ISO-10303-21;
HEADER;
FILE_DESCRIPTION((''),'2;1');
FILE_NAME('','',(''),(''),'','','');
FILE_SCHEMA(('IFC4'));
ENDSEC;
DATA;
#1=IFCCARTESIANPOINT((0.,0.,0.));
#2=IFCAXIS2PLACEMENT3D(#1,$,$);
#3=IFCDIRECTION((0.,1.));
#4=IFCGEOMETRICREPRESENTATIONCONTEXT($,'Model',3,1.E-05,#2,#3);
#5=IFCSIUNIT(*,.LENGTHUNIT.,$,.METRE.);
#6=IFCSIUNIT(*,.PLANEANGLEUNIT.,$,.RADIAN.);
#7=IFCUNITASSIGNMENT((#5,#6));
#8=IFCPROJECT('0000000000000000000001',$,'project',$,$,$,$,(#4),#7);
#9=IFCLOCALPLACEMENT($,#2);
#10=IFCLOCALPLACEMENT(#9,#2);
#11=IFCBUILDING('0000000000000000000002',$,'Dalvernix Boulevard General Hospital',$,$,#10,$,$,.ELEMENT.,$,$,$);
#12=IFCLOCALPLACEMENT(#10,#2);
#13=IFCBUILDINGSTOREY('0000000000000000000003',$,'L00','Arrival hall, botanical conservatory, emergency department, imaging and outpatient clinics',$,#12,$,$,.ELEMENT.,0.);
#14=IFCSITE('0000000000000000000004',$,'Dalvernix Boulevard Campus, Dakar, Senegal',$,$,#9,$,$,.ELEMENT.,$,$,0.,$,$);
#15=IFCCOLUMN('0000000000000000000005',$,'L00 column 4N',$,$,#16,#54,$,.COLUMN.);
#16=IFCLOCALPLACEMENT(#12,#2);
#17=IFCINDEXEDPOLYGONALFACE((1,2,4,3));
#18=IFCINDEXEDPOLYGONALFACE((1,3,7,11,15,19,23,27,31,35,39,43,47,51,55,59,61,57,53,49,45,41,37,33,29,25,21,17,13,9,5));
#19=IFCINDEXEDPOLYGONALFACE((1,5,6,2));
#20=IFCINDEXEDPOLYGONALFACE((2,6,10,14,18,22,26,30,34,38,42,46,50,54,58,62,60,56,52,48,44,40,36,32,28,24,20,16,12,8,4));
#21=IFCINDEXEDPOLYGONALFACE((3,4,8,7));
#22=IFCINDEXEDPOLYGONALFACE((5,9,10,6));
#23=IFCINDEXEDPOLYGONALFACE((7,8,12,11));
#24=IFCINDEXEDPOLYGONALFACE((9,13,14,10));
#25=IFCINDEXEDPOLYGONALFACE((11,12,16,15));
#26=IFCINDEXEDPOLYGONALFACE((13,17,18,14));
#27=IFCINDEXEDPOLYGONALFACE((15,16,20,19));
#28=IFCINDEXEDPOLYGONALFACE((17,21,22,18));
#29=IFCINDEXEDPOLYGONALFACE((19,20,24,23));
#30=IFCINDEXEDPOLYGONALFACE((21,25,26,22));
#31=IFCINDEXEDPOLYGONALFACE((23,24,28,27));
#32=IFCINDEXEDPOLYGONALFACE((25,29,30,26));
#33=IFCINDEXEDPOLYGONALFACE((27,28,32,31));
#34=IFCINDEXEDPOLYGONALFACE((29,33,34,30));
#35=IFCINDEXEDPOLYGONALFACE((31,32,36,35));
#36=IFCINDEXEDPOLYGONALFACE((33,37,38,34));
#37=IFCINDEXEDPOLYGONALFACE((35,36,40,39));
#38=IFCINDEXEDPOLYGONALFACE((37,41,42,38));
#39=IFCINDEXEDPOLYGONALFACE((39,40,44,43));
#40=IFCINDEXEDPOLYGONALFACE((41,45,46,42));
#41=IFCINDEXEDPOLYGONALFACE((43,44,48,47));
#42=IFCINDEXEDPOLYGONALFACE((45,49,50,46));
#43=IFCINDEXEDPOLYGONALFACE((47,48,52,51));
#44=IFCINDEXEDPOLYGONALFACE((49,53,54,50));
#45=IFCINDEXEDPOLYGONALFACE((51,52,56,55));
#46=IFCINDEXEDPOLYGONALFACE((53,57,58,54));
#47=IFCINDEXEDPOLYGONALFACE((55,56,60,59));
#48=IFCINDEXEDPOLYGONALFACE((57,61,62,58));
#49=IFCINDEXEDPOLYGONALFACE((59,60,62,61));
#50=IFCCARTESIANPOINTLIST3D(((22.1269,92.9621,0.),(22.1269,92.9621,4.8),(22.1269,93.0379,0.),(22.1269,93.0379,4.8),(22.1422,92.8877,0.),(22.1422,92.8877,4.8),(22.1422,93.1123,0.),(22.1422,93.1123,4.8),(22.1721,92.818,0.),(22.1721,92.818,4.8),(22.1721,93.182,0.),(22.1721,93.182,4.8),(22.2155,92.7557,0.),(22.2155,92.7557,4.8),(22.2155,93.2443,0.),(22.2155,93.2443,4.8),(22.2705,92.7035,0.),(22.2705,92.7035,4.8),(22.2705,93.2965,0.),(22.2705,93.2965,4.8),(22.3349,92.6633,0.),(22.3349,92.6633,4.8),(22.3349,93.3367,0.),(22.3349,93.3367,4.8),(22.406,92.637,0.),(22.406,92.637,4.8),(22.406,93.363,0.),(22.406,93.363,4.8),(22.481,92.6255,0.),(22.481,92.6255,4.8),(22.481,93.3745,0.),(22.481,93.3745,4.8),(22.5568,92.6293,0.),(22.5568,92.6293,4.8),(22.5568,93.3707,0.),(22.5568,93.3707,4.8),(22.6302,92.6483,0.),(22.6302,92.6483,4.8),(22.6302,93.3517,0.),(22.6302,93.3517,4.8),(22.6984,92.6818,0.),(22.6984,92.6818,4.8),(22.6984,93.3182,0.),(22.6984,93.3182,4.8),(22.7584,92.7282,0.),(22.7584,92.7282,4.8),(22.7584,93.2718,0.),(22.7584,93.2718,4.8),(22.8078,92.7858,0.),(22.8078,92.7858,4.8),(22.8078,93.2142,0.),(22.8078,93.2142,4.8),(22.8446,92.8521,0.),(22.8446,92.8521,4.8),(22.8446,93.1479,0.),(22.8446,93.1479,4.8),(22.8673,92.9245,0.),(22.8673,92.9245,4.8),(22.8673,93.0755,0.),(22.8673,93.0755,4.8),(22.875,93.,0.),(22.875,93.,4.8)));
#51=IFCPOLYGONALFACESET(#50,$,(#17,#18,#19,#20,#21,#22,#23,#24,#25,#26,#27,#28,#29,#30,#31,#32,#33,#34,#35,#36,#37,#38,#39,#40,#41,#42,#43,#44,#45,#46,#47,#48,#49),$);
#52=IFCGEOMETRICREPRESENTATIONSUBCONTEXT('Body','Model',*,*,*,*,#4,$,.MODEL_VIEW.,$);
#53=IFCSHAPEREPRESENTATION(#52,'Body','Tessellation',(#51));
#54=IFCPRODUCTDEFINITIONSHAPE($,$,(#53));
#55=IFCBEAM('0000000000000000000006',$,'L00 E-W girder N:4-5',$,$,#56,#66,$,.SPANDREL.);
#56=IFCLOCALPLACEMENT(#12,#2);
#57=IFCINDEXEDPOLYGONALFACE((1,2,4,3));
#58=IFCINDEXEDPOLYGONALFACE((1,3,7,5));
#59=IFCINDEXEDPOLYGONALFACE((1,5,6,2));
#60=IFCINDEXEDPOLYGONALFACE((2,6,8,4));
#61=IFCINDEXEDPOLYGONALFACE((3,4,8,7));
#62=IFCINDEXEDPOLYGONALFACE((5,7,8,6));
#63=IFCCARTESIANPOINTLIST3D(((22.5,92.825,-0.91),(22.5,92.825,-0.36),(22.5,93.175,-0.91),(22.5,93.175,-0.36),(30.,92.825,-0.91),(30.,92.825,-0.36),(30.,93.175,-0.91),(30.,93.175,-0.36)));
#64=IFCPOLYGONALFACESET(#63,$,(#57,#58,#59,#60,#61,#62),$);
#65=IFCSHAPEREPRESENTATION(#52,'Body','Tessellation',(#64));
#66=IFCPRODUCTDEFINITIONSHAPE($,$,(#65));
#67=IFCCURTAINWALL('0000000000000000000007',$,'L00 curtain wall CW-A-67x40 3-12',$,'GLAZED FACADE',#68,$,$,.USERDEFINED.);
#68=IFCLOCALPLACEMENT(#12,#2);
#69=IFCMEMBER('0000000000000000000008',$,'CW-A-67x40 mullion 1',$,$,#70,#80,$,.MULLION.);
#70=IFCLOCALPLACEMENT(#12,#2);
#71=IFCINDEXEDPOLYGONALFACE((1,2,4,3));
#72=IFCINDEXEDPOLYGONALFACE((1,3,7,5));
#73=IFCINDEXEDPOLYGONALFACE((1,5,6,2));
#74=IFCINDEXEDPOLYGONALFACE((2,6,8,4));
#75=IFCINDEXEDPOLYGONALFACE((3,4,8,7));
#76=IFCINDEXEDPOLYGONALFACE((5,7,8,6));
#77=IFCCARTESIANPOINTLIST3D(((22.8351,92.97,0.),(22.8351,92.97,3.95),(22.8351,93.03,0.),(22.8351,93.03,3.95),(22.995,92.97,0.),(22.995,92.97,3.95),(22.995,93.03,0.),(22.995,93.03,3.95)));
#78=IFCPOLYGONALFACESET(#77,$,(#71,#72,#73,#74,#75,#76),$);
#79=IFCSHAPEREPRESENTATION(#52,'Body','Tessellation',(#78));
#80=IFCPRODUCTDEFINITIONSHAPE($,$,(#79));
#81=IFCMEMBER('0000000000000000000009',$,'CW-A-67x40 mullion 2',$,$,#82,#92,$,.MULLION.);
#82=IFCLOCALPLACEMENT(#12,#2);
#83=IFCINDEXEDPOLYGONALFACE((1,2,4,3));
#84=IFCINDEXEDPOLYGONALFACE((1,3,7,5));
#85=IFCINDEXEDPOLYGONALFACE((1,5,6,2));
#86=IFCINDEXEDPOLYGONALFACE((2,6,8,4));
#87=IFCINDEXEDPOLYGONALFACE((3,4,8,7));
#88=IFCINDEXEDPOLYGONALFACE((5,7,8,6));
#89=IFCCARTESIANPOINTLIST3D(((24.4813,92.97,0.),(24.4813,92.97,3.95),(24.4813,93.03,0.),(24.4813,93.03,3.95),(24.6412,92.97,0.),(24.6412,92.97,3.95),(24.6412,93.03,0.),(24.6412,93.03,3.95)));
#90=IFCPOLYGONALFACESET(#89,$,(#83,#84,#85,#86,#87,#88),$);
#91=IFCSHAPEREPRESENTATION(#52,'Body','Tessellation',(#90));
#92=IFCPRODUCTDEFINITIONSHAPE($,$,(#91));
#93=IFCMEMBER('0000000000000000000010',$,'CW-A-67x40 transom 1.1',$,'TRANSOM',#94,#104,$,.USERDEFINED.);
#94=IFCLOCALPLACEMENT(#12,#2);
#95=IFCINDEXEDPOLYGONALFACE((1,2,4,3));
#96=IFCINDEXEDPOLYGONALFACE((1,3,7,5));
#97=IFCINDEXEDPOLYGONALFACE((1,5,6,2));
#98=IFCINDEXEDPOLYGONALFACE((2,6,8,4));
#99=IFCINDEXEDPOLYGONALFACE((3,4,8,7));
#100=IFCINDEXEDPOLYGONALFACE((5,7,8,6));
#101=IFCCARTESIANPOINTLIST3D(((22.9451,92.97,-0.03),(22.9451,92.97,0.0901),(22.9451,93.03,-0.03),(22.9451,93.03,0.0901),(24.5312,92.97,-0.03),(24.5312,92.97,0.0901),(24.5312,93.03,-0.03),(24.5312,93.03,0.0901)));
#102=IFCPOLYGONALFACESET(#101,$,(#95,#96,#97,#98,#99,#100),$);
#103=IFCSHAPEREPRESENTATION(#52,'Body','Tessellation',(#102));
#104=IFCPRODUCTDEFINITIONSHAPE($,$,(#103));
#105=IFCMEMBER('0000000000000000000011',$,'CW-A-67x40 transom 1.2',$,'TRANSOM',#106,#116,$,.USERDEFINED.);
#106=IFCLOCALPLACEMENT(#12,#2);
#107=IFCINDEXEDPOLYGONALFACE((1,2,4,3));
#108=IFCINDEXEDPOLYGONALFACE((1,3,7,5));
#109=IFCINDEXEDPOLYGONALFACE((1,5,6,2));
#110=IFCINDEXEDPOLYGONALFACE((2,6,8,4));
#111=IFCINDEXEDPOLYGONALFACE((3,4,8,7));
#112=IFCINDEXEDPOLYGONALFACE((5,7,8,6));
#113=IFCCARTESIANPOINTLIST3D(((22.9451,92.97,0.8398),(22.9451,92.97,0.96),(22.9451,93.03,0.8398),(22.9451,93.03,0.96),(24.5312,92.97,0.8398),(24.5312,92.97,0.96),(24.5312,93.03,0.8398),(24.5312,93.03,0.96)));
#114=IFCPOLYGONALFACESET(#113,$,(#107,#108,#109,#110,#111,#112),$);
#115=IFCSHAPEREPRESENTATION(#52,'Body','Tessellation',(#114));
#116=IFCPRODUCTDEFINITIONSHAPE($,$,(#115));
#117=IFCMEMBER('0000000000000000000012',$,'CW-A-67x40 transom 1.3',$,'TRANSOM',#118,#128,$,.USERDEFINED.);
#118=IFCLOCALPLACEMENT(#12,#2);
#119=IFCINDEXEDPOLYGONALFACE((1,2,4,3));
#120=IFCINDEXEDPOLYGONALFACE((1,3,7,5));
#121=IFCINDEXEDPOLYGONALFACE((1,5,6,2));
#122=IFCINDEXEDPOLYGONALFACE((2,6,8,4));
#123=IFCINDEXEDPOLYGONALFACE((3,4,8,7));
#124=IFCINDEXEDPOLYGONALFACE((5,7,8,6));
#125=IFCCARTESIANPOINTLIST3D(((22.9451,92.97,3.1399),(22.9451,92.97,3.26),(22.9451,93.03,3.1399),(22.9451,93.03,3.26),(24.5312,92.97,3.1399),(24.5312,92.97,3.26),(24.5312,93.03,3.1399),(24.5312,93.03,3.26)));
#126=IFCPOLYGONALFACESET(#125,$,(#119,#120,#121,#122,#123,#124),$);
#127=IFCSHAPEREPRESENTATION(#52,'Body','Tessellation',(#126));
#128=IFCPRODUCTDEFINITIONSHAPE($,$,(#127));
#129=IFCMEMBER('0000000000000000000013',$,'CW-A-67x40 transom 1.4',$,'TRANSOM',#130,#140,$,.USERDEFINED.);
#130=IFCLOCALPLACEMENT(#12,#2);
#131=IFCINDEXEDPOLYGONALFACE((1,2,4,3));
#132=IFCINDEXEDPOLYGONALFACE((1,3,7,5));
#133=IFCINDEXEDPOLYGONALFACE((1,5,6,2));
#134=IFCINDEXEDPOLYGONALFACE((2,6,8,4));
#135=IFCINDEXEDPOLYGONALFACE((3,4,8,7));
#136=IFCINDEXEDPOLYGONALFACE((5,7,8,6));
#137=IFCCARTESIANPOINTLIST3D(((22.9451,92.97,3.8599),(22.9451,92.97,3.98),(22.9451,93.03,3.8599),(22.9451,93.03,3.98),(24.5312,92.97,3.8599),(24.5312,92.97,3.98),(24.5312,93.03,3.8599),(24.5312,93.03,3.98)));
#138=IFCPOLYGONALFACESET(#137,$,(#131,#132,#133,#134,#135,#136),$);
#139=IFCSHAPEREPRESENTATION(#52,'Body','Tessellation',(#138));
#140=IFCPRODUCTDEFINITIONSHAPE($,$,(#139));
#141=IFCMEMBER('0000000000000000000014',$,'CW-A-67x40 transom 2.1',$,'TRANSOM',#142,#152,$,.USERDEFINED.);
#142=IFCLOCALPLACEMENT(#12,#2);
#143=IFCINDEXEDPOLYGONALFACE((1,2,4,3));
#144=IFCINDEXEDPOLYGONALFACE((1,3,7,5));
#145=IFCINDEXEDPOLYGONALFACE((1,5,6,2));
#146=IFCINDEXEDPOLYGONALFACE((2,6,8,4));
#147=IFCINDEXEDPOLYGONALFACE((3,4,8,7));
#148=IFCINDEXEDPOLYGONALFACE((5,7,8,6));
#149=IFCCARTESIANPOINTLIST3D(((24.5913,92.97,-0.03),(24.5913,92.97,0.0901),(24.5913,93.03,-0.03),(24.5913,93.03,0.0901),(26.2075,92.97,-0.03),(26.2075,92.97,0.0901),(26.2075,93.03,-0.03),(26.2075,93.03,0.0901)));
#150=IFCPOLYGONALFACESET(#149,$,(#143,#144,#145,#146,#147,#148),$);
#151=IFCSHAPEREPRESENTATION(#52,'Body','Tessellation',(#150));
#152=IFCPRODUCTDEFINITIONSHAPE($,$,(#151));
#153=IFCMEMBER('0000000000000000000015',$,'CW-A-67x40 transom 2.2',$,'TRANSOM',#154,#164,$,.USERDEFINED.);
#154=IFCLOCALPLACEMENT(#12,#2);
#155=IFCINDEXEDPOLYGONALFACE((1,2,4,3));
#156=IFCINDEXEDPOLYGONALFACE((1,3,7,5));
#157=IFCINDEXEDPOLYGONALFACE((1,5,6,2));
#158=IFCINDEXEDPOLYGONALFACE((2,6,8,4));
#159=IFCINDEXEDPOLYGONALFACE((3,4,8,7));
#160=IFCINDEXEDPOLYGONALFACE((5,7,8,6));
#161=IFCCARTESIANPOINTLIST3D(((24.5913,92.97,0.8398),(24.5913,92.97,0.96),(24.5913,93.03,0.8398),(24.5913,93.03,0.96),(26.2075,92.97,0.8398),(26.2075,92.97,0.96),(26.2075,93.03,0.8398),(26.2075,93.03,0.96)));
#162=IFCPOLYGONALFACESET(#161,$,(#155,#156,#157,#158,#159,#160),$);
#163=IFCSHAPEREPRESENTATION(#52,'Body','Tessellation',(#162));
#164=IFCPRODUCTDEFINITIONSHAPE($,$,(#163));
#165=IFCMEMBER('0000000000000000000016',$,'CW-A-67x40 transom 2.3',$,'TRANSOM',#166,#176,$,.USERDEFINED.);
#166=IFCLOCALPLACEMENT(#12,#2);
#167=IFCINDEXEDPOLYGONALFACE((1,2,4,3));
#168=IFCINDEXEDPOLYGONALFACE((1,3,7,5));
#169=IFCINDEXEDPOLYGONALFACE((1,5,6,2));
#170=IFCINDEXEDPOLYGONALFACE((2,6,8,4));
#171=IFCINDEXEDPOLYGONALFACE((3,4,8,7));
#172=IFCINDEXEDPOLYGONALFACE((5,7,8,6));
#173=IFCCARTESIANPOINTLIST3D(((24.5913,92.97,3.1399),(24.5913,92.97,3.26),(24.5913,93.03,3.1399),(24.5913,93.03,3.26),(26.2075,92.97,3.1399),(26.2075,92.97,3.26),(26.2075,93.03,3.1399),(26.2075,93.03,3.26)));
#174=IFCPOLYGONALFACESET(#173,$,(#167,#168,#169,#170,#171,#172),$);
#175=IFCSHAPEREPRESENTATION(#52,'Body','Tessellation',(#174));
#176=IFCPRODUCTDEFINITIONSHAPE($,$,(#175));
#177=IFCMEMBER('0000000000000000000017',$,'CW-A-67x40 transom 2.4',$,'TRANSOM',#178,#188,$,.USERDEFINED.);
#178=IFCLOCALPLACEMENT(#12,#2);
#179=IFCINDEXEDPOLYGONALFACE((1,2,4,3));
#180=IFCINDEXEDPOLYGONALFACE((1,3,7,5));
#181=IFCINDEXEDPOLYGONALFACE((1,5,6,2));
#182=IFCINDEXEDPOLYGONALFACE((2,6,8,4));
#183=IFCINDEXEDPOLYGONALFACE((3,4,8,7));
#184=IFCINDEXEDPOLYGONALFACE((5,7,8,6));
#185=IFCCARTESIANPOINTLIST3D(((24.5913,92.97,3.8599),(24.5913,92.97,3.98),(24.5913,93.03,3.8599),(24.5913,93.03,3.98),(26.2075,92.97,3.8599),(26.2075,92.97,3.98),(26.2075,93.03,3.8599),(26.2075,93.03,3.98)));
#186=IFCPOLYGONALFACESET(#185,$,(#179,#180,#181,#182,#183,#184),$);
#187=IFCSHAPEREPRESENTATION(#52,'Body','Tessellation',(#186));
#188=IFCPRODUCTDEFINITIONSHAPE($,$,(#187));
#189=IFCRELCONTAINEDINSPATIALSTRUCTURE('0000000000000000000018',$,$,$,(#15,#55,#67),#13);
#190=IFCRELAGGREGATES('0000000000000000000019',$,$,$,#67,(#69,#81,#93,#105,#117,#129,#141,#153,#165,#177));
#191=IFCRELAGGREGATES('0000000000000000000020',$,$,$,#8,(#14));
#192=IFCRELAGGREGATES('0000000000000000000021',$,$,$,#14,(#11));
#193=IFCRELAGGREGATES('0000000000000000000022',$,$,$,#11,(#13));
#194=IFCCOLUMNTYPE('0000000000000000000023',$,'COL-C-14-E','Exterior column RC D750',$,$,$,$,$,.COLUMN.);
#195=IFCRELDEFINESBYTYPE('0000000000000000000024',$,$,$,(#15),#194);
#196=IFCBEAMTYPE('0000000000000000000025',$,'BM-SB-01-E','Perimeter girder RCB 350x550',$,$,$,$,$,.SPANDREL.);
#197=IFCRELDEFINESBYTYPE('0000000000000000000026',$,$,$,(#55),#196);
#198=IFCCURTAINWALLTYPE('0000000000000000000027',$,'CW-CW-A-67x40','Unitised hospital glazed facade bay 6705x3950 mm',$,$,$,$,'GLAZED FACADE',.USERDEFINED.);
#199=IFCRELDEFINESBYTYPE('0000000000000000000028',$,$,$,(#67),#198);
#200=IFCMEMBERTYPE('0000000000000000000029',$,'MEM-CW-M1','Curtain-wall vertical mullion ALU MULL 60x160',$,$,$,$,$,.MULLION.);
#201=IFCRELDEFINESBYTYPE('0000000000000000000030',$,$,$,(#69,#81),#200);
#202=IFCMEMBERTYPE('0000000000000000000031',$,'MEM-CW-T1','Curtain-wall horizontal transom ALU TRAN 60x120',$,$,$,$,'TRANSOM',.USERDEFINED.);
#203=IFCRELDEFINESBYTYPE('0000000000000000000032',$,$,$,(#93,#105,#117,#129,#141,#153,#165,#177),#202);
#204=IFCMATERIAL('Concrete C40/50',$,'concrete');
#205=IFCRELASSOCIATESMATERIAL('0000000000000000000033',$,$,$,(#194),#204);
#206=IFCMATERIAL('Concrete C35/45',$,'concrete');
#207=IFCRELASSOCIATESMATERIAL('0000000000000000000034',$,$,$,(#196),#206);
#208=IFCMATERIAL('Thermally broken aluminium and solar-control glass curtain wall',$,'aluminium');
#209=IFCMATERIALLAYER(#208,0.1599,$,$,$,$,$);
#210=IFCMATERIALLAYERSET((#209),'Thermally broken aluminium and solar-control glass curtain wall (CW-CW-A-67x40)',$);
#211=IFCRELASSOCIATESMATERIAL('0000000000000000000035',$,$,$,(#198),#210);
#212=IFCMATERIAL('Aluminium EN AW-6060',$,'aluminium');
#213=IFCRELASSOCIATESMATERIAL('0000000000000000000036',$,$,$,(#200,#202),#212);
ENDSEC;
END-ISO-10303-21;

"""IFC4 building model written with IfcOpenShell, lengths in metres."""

from ifc_helpers import new_model, si_unit, direction, frame, origin, origin_2d, place, context, subcontext, project, spatial, rectangle, circle, extrude, material, layer, layer_set, material_profile, profile_set, type_object, element, aggregate, save


model = new_model("IFC4")

# Units and contexts
model_context = context("Model", 3, precision=1e-05, world=origin(), true_north=direction((0.0, 1.0)))
body_context = subcontext(model_context, "Body", "Model", "MODEL_VIEW")
ifc_project = project(units=[si_unit("LENGTHUNIT", "METRE"), si_unit("PLANEANGLEUNIT", "RADIAN")], contexts=[model_context])

# Site, building, storey
site_placement = place(None, origin())
site = spatial("IfcSite", under=ifc_project, at=site_placement, Name="Dalvernix Boulevard Campus, Dakar, Senegal", CompositionType="ELEMENT", RefElevation=0.0)
building_placement = place(site_placement, origin())
building = spatial("IfcBuilding", under=site, at=building_placement, Name="Dalvernix Boulevard General Hospital", CompositionType="ELEMENT")
storey_placement = place(building_placement, origin())
storey = spatial("IfcBuildingStorey", under=building, at=storey_placement, Name="L00", Description="Arrival hall, botanical conservatory, emergency department, imaging and outpatient clinics", CompositionType="ELEMENT", Elevation=0.0)

# Column
ifc_material_1 = material(Name="Concrete C40/50", Category="concrete")
ifc_material_profile_1 = material_profile(ifc_material_1, circle(Radius=0.375, at=origin_2d()), Name="RC D750")
ifc_profile_set_1 = profile_set([ifc_material_profile_1], Name="Concrete C40/50")
column_type = type_object("IfcColumnType", Name="COL-C-14-E", Description="Exterior column RC D750", PredefinedType="COLUMN", material=ifc_profile_set_1)
column_placement = place(storey_placement, frame((22.5, 93.0, 0.0), z_axis=(0.0, 0.0, 1.0), x_axis=(1.0, 0.0, 0.0)))
element("IfcColumn", 1, at=column_placement, inside=storey, type_object=column_type, Name="L00 column 4N", PredefinedType="COLUMN", context=body_context, shape_type="SweptSolid", body=[
    extrude(circle(Radius=0.375, at=origin_2d()), origin(), (0.0, 0.0, 1.0), 4.8),
])

# Beam
ifc_material_2 = material(Name="Concrete C35/45", Category="concrete")
ifc_material_profile_2 = material_profile(ifc_material_2, rectangle(XDim=0.3501, YDim=0.55, at=origin_2d()), Name="RCB 350x550")
ifc_profile_set_2 = profile_set([ifc_material_profile_2], Name="Concrete C35/45")
beam_type = type_object("IfcBeamType", Name="BM-SB-01-E", Description="Perimeter girder RCB 350x550", PredefinedType="SPANDREL", material=ifc_profile_set_2)
beam_placement = place(storey_placement, frame((22.5, 93.0, -0.635), z_axis=(1.0, 0.0, 0.0), x_axis=(0.0, 1.0, 0.0)))
element("IfcBeam", 2, at=beam_placement, inside=storey, type_object=beam_type, Name="L00 E-W girder N:4-5", PredefinedType="SPANDREL", context=body_context, shape_type="SweptSolid", body=[
    extrude(rectangle(XDim=0.3501, YDim=0.55, at=origin_2d()), origin(), (0.0, 0.0, 1.0), 7.5),
])

# Curtain wall, members
ifc_material_3 = material(Name="Thermally broken aluminium and solar-control glass curtain wall", Category="aluminium")
ifc_layer_1 = layer(ifc_material_3, 0.1599)
ifc_layer_set_1 = layer_set([ifc_layer_1], Name="Thermally broken aluminium and solar-control glass curtain wall (CW-CW-A-67x40)")
curtain_wall_type = type_object("IfcCurtainWallType", Name="CW-CW-A-67x40", Description="Unitised hospital glazed facade bay 6705x3950 mm", ElementType="GLAZED FACADE", PredefinedType="USERDEFINED", material=ifc_layer_set_1)
curtain_wall_placement = place(storey_placement, origin())
curtain_wall = element("IfcCurtainWall", 3, at=curtain_wall_placement, inside=storey, type_object=curtain_wall_type, Name="L00 curtain wall CW-A-67x40 3-12", ObjectType="GLAZED FACADE", PredefinedType="USERDEFINED")
ifc_material_4 = material(Name="Aluminium EN AW-6060", Category="aluminium")
ifc_material_profile_3 = material_profile(ifc_material_4, rectangle(XDim=0.0601, YDim=0.1599, at=origin_2d()), Name="ALU MULL 60x160")
ifc_profile_set_3 = profile_set([ifc_material_profile_3], Name="Aluminium EN AW-6060")
member_type_1 = type_object("IfcMemberType", Name="MEM-CW-M1", Description="Curtain-wall vertical mullion ALU MULL 60x160", PredefinedType="MULLION", material=ifc_profile_set_3)
member_1_placement = place(storey_placement, frame((22.915, 93.0, 0.0), z_axis=(0.0, 0.0, 1.0), x_axis=(0.0, 1.0, 0.0)))
member_1 = element("IfcMember", 4, at=member_1_placement, type_object=member_type_1, Name="CW-A-67x40 mullion 1", PredefinedType="MULLION", context=body_context, shape_type="SweptSolid", body=[
    extrude(rectangle(XDim=0.0601, YDim=0.1599, at=origin_2d()), origin(), (0.0, 0.0, 1.0), 3.95),
])
member_2_placement = place(storey_placement, frame((24.5613, 93.0, 0.0), z_axis=(0.0, 0.0, 1.0), x_axis=(0.0, 1.0, 0.0)))
member_2 = element("IfcMember", 5, at=member_2_placement, type_object=member_type_1, Name="CW-A-67x40 mullion 2", PredefinedType="MULLION", context=body_context, shape_type="SweptSolid", body=[
    extrude(rectangle(XDim=0.0601, YDim=0.1599, at=origin_2d()), origin(), (0.0, 0.0, 1.0), 3.95),
])
ifc_material_profile_4 = material_profile(ifc_material_4, rectangle(XDim=0.0601, YDim=0.1201, at=origin_2d()), Name="ALU TRAN 60x120")
ifc_profile_set_4 = profile_set([ifc_material_profile_4], Name="Aluminium EN AW-6060")
member_type_2 = type_object("IfcMemberType", Name="MEM-CW-T1", Description="Curtain-wall horizontal transom ALU TRAN 60x120", ElementType="TRANSOM", PredefinedType="USERDEFINED", material=ifc_profile_set_4)
member_3_placement = place(storey_placement, frame((22.9451, 93.0, 0.03), z_axis=(1.0, 0.0, 0.0), x_axis=(0.0, 1.0, 0.0)))
member_3 = element("IfcMember", 6, at=member_3_placement, type_object=member_type_2, Name="CW-A-67x40 transom 1.1", ObjectType="TRANSOM", PredefinedType="USERDEFINED", context=body_context, shape_type="SweptSolid", body=[
    extrude(rectangle(XDim=0.0601, YDim=0.1201, at=origin_2d()), origin(), (0.0, 0.0, 1.0), 1.5862),
])
member_4_placement = place(storey_placement, frame((22.9451, 93.0, 0.8999), z_axis=(1.0, 0.0, 0.0), x_axis=(0.0, 1.0, 0.0)))
member_4 = element("IfcMember", 7, at=member_4_placement, type_object=member_type_2, Name="CW-A-67x40 transom 1.2", ObjectType="TRANSOM", PredefinedType="USERDEFINED", context=body_context, shape_type="SweptSolid", body=[
    extrude(rectangle(XDim=0.0601, YDim=0.1201, at=origin_2d()), origin(), (0.0, 0.0, 1.0), 1.5862),
])
member_5_placement = place(storey_placement, frame((22.9451, 93.0, 3.2), z_axis=(1.0, 0.0, 0.0), x_axis=(0.0, 1.0, 0.0)))
member_5 = element("IfcMember", 8, at=member_5_placement, type_object=member_type_2, Name="CW-A-67x40 transom 1.3", ObjectType="TRANSOM", PredefinedType="USERDEFINED", context=body_context, shape_type="SweptSolid", body=[
    extrude(rectangle(XDim=0.0601, YDim=0.1201, at=origin_2d()), origin(), (0.0, 0.0, 1.0), 1.5862),
])
member_6_placement = place(storey_placement, frame((22.9451, 93.0, 3.9199), z_axis=(1.0, 0.0, 0.0), x_axis=(0.0, 1.0, 0.0)))
member_6 = element("IfcMember", 9, at=member_6_placement, type_object=member_type_2, Name="CW-A-67x40 transom 1.4", ObjectType="TRANSOM", PredefinedType="USERDEFINED", context=body_context, shape_type="SweptSolid", body=[
    extrude(rectangle(XDim=0.0601, YDim=0.1201, at=origin_2d()), origin(), (0.0, 0.0, 1.0), 1.5862),
])
member_7_placement = place(storey_placement, frame((24.5913, 93.0, 0.03), z_axis=(1.0, 0.0, 0.0), x_axis=(0.0, 1.0, 0.0)))
member_7 = element("IfcMember", 10, at=member_7_placement, type_object=member_type_2, Name="CW-A-67x40 transom 2.1", ObjectType="TRANSOM", PredefinedType="USERDEFINED", context=body_context, shape_type="SweptSolid", body=[
    extrude(rectangle(XDim=0.0601, YDim=0.1201, at=origin_2d()), origin(), (0.0, 0.0, 1.0), 1.6162),
])
member_8_placement = place(storey_placement, frame((24.5913, 93.0, 0.8999), z_axis=(1.0, 0.0, 0.0), x_axis=(0.0, 1.0, 0.0)))
member_8 = element("IfcMember", 11, at=member_8_placement, type_object=member_type_2, Name="CW-A-67x40 transom 2.2", ObjectType="TRANSOM", PredefinedType="USERDEFINED", context=body_context, shape_type="SweptSolid", body=[
    extrude(rectangle(XDim=0.0601, YDim=0.1201, at=origin_2d()), origin(), (0.0, 0.0, 1.0), 1.6162),
])
member_9_placement = place(storey_placement, frame((24.5913, 93.0, 3.2), z_axis=(1.0, 0.0, 0.0), x_axis=(0.0, 1.0, 0.0)))
member_9 = element("IfcMember", 12, at=member_9_placement, type_object=member_type_2, Name="CW-A-67x40 transom 2.3", ObjectType="TRANSOM", PredefinedType="USERDEFINED", context=body_context, shape_type="SweptSolid", body=[
    extrude(rectangle(XDim=0.0601, YDim=0.1201, at=origin_2d()), origin(), (0.0, 0.0, 1.0), 1.6162),
])
member_10_placement = place(storey_placement, frame((24.5913, 93.0, 3.9199), z_axis=(1.0, 0.0, 0.0), x_axis=(0.0, 1.0, 0.0)))
member_10 = element("IfcMember", 13, at=member_10_placement, type_object=member_type_2, Name="CW-A-67x40 transom 2.4", ObjectType="TRANSOM", PredefinedType="USERDEFINED", context=body_context, shape_type="SweptSolid", body=[
    extrude(rectangle(XDim=0.0601, YDim=0.1201, at=origin_2d()), origin(), (0.0, 0.0, 1.0), 1.6162),
])
aggregate(curtain_wall, [member_1, member_2, member_3, member_4, member_5, member_6, member_7, member_8, member_9, member_10])

save(model, "model.ifc")
